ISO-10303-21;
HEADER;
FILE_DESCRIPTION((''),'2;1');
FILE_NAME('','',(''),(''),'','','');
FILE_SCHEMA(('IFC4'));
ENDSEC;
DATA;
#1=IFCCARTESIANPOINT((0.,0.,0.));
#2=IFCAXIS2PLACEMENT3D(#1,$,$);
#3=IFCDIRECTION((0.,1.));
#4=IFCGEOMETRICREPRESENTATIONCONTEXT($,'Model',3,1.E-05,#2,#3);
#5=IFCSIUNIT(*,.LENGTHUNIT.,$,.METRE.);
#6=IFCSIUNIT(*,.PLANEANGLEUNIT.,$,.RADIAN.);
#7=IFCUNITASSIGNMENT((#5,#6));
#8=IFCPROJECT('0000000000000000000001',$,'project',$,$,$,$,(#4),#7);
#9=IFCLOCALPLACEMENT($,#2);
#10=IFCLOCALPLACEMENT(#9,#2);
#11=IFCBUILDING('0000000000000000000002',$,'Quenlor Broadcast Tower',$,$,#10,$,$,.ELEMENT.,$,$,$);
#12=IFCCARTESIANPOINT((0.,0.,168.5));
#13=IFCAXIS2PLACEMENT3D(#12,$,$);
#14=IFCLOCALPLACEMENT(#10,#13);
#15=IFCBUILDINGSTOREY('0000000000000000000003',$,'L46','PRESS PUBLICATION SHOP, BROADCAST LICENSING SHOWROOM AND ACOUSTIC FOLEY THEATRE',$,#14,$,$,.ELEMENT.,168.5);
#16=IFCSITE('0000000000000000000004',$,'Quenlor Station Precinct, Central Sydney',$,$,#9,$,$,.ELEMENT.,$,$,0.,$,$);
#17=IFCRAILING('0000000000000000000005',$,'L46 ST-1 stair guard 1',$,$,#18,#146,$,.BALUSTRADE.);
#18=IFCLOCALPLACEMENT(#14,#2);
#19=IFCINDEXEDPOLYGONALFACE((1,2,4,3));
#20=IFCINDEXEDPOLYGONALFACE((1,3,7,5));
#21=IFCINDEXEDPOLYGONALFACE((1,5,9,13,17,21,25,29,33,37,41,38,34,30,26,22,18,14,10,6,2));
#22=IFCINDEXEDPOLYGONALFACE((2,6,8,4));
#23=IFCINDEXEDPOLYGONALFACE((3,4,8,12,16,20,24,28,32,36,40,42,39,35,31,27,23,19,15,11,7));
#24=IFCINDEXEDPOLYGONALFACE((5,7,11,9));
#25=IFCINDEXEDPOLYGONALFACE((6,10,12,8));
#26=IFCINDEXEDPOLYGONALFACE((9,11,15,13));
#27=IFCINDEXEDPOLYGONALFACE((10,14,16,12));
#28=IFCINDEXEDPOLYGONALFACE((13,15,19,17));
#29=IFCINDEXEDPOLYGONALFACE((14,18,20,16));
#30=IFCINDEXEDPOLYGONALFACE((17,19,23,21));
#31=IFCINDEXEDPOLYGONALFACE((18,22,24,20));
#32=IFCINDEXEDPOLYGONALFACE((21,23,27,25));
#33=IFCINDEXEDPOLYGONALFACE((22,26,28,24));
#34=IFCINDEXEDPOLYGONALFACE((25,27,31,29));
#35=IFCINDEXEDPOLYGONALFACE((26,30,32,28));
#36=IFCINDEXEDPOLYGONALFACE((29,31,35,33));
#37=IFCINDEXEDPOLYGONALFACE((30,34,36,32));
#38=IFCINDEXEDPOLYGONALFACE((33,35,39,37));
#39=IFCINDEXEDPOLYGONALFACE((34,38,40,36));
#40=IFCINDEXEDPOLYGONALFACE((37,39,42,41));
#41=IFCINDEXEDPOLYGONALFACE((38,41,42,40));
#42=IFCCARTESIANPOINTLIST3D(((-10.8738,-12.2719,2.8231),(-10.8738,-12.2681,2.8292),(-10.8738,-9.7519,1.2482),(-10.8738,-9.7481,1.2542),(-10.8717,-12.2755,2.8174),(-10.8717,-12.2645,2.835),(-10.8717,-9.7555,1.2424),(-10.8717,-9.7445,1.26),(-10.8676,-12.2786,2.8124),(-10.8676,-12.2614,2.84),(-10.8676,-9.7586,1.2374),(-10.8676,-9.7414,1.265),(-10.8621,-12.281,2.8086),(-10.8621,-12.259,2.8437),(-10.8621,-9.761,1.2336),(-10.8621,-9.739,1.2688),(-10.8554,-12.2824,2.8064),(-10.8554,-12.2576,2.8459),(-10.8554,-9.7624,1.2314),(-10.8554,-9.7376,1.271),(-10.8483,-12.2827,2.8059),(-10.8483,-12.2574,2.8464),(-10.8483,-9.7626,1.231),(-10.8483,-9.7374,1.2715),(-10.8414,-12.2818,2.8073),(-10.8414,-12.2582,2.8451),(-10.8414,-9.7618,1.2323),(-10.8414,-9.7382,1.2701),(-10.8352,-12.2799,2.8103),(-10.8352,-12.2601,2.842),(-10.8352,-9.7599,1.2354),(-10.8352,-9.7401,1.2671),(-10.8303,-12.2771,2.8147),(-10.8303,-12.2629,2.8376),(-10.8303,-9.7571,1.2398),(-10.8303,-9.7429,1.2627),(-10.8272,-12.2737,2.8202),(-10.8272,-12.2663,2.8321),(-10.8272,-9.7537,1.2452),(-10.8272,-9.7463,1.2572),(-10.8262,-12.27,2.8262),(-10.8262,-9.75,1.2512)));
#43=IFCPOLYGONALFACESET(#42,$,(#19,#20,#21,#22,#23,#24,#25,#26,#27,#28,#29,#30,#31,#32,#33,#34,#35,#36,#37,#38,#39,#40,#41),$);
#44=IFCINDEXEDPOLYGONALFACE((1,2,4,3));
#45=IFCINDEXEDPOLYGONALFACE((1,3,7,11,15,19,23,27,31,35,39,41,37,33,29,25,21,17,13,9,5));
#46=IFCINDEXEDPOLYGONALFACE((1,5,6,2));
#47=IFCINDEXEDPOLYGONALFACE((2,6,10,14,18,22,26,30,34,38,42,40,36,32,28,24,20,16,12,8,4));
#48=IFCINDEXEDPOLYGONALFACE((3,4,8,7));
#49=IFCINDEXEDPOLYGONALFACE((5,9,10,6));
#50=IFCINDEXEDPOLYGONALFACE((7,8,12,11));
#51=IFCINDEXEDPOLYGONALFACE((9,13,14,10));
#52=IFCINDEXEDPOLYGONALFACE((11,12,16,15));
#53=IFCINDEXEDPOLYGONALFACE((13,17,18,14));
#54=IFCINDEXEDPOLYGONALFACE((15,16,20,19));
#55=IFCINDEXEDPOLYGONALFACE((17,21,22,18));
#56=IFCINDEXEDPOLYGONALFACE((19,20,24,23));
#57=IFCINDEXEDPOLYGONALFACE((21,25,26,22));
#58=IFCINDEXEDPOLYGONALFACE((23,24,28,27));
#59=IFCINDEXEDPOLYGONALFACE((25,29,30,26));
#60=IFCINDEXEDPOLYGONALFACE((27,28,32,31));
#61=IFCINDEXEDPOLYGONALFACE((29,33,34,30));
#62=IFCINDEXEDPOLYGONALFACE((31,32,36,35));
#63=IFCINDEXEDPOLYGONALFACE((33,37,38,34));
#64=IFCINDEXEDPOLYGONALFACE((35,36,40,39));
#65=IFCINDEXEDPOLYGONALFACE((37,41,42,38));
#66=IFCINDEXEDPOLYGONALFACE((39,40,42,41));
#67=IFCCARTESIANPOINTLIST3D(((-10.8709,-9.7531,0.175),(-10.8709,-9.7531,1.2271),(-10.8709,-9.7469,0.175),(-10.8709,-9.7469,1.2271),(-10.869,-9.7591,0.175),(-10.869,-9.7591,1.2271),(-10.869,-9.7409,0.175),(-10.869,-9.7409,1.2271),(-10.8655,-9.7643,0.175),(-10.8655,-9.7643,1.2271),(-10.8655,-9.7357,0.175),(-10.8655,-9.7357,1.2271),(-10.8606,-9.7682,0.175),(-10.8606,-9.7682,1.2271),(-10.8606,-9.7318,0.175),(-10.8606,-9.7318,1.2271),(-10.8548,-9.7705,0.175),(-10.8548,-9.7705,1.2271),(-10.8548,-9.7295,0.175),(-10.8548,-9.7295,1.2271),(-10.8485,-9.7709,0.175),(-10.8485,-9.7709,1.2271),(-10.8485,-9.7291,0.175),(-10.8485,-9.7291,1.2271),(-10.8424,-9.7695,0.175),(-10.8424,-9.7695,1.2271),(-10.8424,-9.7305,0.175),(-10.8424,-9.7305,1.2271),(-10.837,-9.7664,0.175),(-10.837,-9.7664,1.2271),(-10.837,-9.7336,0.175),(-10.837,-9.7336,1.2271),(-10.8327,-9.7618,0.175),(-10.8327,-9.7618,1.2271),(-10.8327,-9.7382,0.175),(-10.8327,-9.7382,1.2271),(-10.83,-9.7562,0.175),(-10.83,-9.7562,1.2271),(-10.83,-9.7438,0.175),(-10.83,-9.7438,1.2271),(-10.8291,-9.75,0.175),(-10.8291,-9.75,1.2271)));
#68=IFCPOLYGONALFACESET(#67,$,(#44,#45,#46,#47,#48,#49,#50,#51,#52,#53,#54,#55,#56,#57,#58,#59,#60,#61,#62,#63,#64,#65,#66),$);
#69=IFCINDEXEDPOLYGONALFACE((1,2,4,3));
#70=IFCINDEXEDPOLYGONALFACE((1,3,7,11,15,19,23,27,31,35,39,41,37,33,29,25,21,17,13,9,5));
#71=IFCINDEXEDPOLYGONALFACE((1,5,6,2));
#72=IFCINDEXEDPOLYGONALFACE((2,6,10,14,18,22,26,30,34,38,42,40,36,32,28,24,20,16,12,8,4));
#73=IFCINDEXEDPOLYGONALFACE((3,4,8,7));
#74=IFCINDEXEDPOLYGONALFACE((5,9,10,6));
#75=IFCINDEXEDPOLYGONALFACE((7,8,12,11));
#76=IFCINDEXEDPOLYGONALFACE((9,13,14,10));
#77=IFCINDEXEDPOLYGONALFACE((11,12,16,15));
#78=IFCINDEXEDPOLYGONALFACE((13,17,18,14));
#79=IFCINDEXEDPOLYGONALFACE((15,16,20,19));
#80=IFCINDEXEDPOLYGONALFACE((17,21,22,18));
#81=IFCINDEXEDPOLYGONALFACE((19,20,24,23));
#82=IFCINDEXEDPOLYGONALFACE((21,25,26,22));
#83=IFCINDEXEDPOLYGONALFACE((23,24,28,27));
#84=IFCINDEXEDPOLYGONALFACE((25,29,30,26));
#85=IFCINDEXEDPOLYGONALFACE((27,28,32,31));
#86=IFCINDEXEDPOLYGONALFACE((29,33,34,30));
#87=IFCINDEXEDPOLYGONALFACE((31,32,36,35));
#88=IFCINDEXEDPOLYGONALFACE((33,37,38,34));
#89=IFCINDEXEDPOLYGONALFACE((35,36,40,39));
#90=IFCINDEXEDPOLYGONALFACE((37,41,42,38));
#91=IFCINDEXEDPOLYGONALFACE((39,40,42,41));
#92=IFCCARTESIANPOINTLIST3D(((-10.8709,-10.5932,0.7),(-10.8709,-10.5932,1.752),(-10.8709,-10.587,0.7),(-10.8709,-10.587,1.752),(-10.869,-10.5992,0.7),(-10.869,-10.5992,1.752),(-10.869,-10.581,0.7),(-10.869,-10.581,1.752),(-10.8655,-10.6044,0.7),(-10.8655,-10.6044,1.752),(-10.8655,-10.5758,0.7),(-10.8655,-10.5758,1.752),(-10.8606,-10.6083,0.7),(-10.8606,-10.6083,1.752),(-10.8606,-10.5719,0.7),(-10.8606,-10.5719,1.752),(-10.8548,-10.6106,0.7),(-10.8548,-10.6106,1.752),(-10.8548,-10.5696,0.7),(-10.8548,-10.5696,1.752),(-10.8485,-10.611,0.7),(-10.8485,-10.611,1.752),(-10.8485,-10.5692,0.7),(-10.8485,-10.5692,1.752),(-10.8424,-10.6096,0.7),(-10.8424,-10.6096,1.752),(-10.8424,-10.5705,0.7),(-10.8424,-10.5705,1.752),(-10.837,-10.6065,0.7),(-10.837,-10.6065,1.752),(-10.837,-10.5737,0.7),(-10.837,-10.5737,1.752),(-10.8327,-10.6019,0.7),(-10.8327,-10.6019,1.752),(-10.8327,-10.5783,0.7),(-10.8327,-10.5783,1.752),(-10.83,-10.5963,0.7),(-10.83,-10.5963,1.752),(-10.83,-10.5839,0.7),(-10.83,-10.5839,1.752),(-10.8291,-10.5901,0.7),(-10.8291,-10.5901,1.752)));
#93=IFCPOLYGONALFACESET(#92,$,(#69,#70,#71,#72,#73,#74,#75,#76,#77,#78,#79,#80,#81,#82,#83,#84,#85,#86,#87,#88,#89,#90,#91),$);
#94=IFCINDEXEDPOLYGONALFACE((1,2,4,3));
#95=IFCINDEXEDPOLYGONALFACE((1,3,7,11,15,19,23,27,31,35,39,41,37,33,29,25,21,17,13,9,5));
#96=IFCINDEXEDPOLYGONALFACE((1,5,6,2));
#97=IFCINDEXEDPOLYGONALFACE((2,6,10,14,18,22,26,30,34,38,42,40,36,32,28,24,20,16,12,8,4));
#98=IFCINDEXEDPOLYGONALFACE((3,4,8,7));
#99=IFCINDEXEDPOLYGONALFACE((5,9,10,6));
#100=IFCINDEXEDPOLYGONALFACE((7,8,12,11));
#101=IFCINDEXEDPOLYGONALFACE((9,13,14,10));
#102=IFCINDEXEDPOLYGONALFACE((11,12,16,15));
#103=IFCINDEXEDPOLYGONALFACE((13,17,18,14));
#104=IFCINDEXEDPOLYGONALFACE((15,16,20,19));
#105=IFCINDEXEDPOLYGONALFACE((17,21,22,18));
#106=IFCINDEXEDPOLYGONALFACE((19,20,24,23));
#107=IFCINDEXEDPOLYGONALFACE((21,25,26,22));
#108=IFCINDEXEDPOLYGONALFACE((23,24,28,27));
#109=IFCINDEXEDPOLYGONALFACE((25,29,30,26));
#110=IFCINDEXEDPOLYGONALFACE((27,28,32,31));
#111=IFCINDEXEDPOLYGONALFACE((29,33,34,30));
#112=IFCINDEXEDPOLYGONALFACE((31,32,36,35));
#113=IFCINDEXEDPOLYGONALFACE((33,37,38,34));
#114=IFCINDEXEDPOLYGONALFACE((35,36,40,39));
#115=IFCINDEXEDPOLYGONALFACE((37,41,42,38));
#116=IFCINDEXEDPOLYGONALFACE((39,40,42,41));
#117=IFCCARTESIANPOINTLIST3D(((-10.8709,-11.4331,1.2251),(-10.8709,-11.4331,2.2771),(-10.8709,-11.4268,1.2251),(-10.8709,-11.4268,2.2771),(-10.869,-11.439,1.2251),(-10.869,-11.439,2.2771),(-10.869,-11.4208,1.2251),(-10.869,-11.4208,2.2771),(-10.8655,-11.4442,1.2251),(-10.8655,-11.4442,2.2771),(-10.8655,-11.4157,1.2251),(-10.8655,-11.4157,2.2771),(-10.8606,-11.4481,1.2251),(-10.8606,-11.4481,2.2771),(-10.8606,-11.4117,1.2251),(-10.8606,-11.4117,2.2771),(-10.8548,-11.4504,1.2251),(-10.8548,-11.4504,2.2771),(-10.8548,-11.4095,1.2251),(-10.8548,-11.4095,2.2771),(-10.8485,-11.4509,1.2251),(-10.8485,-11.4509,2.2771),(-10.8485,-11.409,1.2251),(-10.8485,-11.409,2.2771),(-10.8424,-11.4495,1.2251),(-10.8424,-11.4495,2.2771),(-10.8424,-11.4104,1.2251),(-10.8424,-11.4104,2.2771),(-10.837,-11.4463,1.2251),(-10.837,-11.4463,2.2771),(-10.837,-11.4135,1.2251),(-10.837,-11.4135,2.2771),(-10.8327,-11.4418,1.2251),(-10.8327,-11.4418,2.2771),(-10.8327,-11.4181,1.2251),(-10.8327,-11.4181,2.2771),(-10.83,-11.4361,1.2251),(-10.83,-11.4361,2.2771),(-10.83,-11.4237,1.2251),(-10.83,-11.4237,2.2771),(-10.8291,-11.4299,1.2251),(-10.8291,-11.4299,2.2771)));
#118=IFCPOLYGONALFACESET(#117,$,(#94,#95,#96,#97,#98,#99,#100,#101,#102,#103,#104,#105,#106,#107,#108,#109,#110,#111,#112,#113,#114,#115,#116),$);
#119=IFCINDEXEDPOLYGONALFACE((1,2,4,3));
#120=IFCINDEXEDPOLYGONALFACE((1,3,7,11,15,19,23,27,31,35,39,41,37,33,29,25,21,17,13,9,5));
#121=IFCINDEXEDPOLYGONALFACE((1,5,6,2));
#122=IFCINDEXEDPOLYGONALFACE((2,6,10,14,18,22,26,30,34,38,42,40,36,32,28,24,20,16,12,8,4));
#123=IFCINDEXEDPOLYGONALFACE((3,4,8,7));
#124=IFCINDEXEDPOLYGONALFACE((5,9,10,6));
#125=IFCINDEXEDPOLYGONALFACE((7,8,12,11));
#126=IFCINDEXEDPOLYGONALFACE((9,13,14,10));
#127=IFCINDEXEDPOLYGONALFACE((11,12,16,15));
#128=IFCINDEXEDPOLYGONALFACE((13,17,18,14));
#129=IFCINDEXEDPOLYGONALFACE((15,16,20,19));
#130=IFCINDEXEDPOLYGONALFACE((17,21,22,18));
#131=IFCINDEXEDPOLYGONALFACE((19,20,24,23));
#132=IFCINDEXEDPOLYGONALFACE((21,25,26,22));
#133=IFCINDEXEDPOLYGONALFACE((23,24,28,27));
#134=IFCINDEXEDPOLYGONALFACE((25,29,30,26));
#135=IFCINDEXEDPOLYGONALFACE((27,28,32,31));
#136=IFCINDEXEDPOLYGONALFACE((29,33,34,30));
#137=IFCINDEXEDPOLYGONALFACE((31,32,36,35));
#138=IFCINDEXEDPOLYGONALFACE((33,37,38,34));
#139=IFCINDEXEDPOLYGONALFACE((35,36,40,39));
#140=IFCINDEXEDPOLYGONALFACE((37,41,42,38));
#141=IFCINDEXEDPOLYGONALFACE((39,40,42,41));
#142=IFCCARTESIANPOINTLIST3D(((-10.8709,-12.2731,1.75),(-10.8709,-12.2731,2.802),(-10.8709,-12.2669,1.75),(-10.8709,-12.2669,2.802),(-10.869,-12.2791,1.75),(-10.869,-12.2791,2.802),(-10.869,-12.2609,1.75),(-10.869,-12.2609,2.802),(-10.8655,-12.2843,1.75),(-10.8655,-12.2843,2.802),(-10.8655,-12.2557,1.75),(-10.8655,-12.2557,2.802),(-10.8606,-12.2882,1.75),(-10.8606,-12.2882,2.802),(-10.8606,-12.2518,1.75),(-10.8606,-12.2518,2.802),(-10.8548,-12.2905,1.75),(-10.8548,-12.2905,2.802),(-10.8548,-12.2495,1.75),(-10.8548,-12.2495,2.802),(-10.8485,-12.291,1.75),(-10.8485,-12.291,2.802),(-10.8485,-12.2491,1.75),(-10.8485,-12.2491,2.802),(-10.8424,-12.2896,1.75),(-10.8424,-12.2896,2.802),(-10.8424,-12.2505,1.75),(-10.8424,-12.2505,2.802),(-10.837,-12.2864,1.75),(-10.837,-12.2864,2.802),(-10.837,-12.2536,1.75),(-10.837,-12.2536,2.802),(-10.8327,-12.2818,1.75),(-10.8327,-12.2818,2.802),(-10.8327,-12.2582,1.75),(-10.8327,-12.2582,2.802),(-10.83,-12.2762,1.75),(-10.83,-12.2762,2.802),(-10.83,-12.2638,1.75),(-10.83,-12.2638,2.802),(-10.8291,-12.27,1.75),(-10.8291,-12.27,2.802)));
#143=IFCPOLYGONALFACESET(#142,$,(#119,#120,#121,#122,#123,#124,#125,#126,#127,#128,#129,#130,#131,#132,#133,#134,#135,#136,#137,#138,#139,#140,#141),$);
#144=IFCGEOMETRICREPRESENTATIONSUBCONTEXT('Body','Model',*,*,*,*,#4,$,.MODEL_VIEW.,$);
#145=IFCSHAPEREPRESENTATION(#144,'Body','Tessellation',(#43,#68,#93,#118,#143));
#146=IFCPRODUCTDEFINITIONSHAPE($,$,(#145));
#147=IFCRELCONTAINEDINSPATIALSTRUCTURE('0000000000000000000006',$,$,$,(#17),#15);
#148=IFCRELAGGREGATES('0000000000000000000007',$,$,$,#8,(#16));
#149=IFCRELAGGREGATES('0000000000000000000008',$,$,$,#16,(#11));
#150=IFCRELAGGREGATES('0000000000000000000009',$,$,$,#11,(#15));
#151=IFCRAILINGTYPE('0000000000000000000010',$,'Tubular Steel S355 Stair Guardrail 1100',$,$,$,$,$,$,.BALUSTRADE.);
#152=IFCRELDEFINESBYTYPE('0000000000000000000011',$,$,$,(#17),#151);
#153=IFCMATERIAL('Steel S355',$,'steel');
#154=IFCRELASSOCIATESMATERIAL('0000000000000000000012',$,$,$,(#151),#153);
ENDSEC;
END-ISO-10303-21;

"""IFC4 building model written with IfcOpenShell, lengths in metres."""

from ifc_helpers import new_model, si_unit, direction, frame, origin, origin_2d, place, context, subcontext, project, spatial, circle, extrude, material, type_object, element, save


model = new_model("IFC4")

# Units and contexts
model_context = context("Model", 3, precision=1e-05, world=origin(), true_north=direction((0.0, 1.0)))
body_context = subcontext(model_context, "Body", "Model", "MODEL_VIEW")
ifc_project = project(units=[si_unit("LENGTHUNIT", "METRE"), si_unit("PLANEANGLEUNIT", "RADIAN")], contexts=[model_context])

# Site, building, storey
site_placement = place(None, origin())
site = spatial("IfcSite", under=ifc_project, at=site_placement, Name="Quenlor Station Precinct, Central Sydney", CompositionType="ELEMENT", RefElevation=0.0)
building_placement = place(site_placement, origin())
building = spatial("IfcBuilding", under=site, at=building_placement, Name="Quenlor Broadcast Tower", CompositionType="ELEMENT")
storey_placement = place(building_placement, frame((0.0, 0.0, 168.5)))
storey = spatial("IfcBuildingStorey", under=building, at=storey_placement, Name="L46", Description="PRESS PUBLICATION SHOP, BROADCAST LICENSING SHOWROOM AND ACOUSTIC FOLEY THEATRE", CompositionType="ELEMENT", Elevation=168.5)

# Railing
ifc_material_1 = material(Name="Steel S355", Category="steel")
railing_type_1 = type_object("IfcRailingType", Name="Tubular Steel S355 Stair Guardrail 1100", PredefinedType="BALUSTRADE", material=ifc_material_1)
railing_1_placement = place(storey_placement, frame((-10.8501, -9.75, 0.175)))
element("IfcRailing", 1, at=railing_1_placement, inside=storey, type_object=railing_type_1, Name="L46 ST-1 stair guard 1", PredefinedType="BALUSTRADE", context=body_context, shape_type="SweptSolid", body=[
    extrude(circle(Radius=0.0239, at=origin_2d()), frame((0.0, 0.0, 1.0762), z_axis=(0.0, -0.848008, 0.529984), x_axis=(1.0, 0.0, 0.0)), (0.0, 0.0, 1.0), 2.9717),
    extrude(circle(Radius=0.021, at=origin_2d()), origin(), (0.0, 0.0, 1.0), 1.052),
    extrude(circle(Radius=0.021, at=origin_2d()), frame((0.0, -0.8401, 0.5249)), (0.0, 0.0, 1.0), 1.052),
    extrude(circle(Radius=0.021, at=origin_2d()), frame((0.0, -1.6799, 1.05)), (0.0, 0.0, 1.0), 1.052),
    extrude(circle(Radius=0.021, at=origin_2d()), frame((0.0, -2.52, 1.575)), (0.0, 0.0, 1.0), 1.052),
])

save(model, "model.ifc")
